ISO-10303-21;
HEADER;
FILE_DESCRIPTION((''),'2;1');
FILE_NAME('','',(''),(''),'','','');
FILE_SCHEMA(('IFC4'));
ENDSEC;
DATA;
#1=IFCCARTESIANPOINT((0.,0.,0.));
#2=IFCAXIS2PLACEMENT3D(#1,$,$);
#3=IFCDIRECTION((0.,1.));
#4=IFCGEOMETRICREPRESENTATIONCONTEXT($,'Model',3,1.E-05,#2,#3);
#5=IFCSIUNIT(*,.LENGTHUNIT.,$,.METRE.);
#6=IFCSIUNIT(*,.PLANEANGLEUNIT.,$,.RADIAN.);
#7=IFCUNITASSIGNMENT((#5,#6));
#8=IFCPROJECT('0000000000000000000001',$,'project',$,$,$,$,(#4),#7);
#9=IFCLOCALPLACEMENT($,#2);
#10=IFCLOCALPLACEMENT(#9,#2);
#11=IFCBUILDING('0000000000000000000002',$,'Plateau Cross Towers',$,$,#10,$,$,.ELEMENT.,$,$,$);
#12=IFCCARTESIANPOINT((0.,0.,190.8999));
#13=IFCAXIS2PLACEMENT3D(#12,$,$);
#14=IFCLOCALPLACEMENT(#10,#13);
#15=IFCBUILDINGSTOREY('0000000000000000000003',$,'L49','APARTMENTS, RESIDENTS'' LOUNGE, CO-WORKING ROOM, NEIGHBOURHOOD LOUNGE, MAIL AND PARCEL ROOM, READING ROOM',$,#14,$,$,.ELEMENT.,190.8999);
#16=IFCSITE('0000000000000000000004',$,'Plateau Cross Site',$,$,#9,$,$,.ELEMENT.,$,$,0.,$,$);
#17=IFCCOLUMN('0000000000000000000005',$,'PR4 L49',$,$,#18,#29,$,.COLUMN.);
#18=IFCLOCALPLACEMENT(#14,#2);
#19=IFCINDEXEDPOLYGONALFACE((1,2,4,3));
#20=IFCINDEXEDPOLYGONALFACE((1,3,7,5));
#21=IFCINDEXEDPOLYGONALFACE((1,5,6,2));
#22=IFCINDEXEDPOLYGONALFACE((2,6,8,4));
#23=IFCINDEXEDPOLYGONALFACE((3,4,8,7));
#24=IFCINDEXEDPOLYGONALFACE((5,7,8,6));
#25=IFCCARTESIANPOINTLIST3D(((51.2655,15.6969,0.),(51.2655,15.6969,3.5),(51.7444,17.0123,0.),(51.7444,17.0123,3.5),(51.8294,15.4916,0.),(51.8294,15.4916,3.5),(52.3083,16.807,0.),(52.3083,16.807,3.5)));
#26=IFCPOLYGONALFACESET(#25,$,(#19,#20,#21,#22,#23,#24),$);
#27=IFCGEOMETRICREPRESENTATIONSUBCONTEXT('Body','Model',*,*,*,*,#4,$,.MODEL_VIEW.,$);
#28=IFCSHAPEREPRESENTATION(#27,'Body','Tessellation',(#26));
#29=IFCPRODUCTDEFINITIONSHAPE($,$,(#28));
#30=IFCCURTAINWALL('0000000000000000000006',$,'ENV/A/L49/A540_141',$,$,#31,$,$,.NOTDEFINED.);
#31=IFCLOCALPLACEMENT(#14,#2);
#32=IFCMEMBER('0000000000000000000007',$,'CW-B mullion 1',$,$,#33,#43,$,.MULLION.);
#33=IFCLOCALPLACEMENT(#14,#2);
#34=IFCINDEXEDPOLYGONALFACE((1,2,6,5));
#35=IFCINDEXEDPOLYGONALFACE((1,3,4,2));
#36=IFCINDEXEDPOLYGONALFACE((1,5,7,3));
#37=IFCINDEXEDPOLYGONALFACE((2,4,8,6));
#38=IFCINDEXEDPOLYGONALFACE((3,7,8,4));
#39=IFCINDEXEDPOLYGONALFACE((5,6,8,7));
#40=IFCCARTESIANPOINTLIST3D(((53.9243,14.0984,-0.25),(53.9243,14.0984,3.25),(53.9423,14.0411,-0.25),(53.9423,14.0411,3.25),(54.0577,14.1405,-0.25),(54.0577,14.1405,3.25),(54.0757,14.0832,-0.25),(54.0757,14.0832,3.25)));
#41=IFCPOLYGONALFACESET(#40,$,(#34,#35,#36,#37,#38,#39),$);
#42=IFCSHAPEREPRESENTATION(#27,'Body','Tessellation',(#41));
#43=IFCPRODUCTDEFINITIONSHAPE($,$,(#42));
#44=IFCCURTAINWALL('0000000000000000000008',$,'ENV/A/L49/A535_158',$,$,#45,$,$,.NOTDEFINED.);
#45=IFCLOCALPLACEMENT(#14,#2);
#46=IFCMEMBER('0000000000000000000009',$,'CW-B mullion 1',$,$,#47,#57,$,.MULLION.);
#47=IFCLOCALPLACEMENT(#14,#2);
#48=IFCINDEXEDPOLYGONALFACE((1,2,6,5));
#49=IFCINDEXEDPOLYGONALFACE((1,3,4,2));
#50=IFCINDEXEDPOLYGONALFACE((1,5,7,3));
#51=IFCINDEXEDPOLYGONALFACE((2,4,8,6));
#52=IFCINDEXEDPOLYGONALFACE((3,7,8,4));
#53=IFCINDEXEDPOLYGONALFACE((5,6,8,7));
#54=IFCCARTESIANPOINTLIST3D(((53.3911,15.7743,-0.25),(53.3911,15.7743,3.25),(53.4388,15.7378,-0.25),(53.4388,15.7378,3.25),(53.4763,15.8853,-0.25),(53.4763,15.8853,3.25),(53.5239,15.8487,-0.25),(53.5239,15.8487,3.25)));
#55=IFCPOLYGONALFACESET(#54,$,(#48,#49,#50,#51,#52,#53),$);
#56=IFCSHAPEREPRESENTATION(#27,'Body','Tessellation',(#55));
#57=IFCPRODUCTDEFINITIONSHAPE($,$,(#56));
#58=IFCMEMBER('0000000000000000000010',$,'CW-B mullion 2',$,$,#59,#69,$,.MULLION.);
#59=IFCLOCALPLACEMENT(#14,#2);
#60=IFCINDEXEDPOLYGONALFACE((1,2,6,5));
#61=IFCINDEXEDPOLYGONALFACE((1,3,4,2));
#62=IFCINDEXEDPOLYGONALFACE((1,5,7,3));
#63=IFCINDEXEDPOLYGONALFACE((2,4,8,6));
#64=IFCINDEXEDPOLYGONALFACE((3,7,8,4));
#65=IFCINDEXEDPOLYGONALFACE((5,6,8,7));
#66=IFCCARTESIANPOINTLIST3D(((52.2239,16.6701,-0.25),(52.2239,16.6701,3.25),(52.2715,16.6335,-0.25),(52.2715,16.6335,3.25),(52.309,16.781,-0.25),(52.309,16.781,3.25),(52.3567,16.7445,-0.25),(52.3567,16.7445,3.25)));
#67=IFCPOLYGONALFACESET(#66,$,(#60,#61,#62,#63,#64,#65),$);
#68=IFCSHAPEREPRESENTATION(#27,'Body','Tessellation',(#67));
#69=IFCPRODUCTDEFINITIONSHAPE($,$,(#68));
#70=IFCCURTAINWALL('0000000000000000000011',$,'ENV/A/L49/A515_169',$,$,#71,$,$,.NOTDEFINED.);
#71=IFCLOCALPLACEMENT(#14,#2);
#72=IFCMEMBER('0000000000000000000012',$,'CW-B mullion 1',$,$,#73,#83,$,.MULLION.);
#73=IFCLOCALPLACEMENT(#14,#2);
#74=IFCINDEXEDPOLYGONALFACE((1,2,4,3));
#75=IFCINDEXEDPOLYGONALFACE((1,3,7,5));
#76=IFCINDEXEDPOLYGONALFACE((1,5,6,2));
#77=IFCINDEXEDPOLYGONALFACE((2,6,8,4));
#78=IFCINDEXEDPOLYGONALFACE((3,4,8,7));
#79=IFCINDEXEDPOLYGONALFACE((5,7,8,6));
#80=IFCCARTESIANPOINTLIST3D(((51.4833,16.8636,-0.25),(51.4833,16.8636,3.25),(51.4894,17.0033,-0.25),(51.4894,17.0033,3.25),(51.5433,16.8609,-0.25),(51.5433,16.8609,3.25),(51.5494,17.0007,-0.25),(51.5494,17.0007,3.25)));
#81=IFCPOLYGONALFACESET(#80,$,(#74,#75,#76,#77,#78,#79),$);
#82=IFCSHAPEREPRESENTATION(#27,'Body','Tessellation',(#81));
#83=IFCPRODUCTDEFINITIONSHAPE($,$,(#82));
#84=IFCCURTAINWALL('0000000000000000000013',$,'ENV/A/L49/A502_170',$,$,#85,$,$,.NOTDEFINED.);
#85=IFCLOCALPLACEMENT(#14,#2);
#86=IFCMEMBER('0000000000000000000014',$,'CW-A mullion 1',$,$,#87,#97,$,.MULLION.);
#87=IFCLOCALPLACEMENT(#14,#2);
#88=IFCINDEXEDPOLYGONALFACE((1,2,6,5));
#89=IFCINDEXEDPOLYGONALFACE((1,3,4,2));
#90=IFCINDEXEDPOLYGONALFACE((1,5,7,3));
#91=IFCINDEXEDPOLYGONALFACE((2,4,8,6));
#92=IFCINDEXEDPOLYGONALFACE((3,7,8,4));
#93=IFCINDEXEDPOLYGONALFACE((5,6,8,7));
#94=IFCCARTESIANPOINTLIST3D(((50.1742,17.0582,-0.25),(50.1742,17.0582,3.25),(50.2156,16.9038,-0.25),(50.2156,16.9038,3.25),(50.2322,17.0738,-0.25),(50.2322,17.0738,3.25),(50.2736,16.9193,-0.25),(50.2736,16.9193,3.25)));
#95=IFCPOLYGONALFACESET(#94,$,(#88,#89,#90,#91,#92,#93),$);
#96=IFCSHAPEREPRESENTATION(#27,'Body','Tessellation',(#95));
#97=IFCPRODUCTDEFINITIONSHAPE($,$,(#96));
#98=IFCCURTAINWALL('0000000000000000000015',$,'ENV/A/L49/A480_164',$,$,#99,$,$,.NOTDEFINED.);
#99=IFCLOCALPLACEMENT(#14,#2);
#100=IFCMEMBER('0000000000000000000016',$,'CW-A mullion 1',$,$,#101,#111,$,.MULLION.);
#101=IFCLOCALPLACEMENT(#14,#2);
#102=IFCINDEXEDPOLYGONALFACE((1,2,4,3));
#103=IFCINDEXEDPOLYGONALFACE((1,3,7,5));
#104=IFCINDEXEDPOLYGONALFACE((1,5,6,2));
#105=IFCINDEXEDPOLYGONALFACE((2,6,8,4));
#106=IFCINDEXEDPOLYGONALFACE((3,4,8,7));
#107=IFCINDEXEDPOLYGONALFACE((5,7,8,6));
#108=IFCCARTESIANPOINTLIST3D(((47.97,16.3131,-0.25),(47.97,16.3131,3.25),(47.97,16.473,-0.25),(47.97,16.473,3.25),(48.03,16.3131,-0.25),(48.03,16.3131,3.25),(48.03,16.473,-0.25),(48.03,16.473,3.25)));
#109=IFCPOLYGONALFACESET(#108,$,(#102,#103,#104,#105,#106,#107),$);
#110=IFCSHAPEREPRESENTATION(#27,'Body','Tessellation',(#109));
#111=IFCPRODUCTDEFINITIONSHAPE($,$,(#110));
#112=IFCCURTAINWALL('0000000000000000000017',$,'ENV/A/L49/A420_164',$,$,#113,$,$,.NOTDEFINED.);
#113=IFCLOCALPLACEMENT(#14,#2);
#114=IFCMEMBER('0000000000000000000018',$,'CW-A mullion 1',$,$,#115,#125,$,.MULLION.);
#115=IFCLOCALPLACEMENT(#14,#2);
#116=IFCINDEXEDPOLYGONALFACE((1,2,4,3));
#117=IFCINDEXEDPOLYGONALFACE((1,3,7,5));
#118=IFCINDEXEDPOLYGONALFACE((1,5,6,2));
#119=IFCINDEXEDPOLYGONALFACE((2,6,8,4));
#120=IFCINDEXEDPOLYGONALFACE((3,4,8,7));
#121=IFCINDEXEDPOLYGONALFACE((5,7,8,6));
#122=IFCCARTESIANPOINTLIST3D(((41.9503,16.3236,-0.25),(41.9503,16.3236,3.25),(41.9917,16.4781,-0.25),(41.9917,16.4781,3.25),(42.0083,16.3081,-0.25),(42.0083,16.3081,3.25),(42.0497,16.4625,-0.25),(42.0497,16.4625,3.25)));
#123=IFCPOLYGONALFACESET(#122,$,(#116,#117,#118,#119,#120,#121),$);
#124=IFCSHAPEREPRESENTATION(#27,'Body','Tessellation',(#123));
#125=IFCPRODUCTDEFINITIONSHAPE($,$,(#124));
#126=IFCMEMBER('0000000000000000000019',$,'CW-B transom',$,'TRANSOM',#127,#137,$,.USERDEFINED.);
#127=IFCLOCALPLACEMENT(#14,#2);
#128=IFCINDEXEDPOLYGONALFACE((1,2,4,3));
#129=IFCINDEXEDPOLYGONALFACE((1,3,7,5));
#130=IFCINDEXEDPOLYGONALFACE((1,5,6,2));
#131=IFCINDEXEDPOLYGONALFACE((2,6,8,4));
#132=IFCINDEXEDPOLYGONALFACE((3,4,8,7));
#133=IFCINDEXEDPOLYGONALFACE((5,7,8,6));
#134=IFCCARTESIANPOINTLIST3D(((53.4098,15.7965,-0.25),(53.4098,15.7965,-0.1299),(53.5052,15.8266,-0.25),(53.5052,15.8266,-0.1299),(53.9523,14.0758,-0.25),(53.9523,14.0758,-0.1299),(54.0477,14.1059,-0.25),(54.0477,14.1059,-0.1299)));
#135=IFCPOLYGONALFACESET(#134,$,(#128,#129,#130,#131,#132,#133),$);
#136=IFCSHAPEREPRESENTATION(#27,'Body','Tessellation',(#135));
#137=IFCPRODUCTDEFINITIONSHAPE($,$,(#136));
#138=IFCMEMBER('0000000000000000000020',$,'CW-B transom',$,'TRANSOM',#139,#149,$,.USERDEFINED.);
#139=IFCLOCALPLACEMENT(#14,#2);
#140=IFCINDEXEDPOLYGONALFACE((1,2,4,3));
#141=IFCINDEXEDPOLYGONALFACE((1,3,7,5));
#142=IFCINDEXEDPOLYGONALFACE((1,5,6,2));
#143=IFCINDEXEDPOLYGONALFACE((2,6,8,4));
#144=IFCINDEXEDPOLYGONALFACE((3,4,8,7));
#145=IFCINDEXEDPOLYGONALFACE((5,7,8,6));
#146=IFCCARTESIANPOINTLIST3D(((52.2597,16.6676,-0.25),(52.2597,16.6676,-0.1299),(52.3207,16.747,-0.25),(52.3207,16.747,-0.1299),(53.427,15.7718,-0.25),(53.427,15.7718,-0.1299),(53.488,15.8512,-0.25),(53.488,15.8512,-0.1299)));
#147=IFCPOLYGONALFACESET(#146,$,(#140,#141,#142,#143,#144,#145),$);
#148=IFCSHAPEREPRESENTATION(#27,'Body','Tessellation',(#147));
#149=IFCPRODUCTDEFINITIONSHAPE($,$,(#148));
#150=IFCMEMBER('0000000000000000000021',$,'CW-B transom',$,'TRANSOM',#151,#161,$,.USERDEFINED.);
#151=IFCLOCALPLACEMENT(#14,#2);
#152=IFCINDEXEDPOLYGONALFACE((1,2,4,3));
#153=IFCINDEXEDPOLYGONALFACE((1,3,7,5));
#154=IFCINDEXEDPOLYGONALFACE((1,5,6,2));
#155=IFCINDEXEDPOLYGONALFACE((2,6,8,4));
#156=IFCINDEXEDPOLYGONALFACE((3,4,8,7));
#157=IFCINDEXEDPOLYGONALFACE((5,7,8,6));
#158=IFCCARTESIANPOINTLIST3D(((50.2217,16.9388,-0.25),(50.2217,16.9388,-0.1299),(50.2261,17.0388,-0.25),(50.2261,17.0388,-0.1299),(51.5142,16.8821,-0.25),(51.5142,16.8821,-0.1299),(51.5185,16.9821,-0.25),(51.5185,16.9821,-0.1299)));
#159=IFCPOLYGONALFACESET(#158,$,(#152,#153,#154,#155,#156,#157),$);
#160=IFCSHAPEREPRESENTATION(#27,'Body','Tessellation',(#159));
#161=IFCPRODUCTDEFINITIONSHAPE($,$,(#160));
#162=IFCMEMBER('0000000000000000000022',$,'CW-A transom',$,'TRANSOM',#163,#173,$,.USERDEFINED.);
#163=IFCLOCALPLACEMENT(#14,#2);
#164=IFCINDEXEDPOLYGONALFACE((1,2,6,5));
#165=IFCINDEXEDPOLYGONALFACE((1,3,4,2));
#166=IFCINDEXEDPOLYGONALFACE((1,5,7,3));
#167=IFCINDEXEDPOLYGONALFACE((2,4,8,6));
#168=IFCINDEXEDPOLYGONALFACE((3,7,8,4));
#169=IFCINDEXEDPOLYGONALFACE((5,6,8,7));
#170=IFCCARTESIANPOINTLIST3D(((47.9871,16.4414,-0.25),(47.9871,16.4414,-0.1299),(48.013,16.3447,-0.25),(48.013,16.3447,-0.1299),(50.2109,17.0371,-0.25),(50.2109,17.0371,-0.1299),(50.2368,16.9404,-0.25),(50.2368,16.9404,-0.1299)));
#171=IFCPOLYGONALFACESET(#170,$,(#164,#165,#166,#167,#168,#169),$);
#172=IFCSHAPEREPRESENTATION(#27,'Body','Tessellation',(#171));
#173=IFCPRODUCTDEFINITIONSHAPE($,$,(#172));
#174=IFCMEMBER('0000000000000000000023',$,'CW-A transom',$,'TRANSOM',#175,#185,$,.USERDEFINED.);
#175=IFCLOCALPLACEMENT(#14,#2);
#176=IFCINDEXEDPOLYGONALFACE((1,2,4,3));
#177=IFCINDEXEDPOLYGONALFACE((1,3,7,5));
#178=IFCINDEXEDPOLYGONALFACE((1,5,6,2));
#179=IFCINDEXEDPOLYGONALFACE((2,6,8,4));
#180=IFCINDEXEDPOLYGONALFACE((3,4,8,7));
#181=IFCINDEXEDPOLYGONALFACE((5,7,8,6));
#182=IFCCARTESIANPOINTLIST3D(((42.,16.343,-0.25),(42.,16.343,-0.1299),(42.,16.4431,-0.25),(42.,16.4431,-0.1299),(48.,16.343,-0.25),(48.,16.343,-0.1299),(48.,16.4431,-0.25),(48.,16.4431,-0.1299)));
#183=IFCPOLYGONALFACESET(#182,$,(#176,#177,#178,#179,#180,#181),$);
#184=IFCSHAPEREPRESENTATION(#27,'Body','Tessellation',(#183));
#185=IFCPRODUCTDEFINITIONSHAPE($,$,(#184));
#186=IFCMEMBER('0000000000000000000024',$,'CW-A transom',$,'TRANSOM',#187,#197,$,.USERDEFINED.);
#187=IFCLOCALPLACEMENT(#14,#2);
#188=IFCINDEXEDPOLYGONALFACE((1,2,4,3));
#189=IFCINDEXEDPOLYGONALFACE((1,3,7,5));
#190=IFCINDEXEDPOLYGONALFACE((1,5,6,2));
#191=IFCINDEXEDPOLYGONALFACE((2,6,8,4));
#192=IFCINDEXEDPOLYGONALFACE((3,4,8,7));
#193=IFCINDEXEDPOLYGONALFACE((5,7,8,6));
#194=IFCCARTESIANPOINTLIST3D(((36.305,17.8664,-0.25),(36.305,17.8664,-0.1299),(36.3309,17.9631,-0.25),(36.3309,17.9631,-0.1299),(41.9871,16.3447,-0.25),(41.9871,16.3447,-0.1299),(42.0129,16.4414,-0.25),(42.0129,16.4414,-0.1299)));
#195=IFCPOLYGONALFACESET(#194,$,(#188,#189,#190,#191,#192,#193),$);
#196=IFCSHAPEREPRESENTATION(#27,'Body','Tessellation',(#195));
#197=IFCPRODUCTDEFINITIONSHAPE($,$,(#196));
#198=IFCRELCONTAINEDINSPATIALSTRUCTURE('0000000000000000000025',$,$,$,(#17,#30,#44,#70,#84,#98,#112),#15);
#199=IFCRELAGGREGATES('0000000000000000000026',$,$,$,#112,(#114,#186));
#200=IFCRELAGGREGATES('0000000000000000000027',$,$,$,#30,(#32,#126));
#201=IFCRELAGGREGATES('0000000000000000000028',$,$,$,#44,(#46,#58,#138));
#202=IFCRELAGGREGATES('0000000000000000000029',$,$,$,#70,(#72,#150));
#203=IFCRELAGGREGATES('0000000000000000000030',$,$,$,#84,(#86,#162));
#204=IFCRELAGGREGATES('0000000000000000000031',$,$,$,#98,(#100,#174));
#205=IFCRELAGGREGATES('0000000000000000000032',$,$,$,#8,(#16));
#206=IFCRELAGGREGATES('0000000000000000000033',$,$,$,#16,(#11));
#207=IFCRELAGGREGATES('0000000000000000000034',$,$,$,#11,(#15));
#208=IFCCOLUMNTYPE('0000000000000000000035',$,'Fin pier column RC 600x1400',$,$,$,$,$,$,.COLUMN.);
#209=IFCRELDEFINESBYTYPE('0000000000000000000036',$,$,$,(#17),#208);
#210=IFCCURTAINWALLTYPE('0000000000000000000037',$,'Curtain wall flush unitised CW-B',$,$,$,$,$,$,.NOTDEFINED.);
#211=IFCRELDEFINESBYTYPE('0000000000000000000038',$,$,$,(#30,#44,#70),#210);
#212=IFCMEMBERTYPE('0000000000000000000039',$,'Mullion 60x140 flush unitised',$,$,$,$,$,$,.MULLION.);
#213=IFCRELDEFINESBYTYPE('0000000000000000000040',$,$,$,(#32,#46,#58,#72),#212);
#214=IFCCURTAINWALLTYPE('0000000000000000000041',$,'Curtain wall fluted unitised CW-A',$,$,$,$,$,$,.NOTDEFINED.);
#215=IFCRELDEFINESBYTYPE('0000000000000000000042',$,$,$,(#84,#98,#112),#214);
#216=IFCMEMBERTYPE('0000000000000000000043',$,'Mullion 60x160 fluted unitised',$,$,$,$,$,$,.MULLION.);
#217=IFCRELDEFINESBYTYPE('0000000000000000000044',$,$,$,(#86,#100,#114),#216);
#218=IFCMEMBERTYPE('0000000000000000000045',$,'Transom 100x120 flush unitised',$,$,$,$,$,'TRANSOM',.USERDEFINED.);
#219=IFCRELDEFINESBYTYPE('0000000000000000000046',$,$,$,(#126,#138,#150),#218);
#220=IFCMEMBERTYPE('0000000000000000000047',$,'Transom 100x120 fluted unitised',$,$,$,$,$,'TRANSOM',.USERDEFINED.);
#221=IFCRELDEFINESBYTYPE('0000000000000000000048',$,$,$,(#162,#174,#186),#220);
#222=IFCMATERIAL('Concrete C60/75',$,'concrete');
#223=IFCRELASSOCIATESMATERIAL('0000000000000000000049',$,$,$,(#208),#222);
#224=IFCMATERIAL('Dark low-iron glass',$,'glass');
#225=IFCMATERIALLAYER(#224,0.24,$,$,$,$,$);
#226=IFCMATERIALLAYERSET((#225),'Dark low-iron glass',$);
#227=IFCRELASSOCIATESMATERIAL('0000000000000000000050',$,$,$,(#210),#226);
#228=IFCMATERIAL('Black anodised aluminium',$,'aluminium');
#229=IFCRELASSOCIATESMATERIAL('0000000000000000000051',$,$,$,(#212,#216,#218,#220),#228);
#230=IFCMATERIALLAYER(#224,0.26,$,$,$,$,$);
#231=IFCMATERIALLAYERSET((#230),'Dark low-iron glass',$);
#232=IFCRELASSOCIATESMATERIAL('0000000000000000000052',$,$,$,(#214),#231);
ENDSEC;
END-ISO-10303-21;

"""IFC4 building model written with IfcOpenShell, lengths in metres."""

from ifc_helpers import new_model, si_unit, direction, frame, origin, origin_2d, place, context, subcontext, project, spatial, rectangle, extrude, material, layer, layer_set, material_profile, profile_set, type_object, element, aggregate, save


model = new_model("IFC4")

# Units and contexts
model_context = context("Model", 3, precision=1e-05, world=origin(), true_north=direction((0.0, 1.0)))
body_context = subcontext(model_context, "Body", "Model", "MODEL_VIEW")
ifc_project = project(units=[si_unit("LENGTHUNIT", "METRE"), si_unit("PLANEANGLEUNIT", "RADIAN")], contexts=[model_context])

# Site, building, storey
site_placement = place(None, origin())
site = spatial("IfcSite", under=ifc_project, at=site_placement, Name="Plateau Cross Site", CompositionType="ELEMENT", RefElevation=0.0)
building_placement = place(site_placement, origin())
building = spatial("IfcBuilding", under=site, at=building_placement, Name="Plateau Cross Towers", CompositionType="ELEMENT")
storey_placement = place(building_placement, frame((0.0, 0.0, 190.8999)))
storey = spatial("IfcBuildingStorey", under=building, at=storey_placement, Name="L49", Description="APARTMENTS, RESIDENTS' LOUNGE, CO-WORKING ROOM, NEIGHBOURHOOD LOUNGE, MAIL AND PARCEL ROOM, READING ROOM", CompositionType="ELEMENT", Elevation=190.8999)

# Column
ifc_material_1 = material(Name="Concrete C60/75", Category="concrete")
ifc_material_profile_1 = material_profile(ifc_material_1, rectangle(XDim=0.6001, YDim=1.3999, at=origin_2d()), Name="RC 600x1400")
ifc_profile_set_1 = profile_set([ifc_material_profile_1], Name="Concrete C60/75")
column_type = type_object("IfcColumnType", Name="Fin pier column RC 600x1400", PredefinedType="COLUMN", material=ifc_profile_set_1)
column_placement = place(storey_placement, frame((51.7869, 16.252, 0.0), z_axis=(0.0, 0.0, 1.0), x_axis=(-0.939664, 0.342098, 0.0)))
element("IfcColumn", 1, at=column_placement, inside=storey, type_object=column_type, Name="PR4 L49", PredefinedType="COLUMN", context=body_context, shape_type="SweptSolid", body=[
    extrude(rectangle(XDim=0.6001, YDim=1.3999, at=origin_2d()), origin(), (0.0, 0.0, 1.0), 3.5),
])

# Curtain wall, member
ifc_material_2 = material(Name="Dark low-iron glass", Category="glass")
ifc_layer_1 = layer(ifc_material_2, 0.24)
ifc_layer_set_1 = layer_set([ifc_layer_1], Name="Dark low-iron glass")
curtain_wall_type_1 = type_object("IfcCurtainWallType", Name="Curtain wall flush unitised CW-B", PredefinedType="NOTDEFINED", material=ifc_layer_set_1)
curtain_wall_1_placement = place(storey_placement, origin())
curtain_wall_1 = element("IfcCurtainWall", 2, at=curtain_wall_1_placement, inside=storey, type_object=curtain_wall_type_1, Name="ENV/A/L49/A540_141", PredefinedType="NOTDEFINED")
ifc_material_3 = material(Name="Black anodised aluminium", Category="aluminium")
ifc_material_profile_2 = material_profile(ifc_material_3, rectangle(XDim=0.0601, YDim=0.1399, at=origin_2d()), Name="MULLION 60x140")
ifc_profile_set_2 = profile_set([ifc_material_profile_2], Name="Black anodised aluminium")
member_type_1 = type_object("IfcMemberType", Name="Mullion 60x140 flush unitised", PredefinedType="MULLION", material=ifc_profile_set_2)
member_1_placement = place(storey_placement, frame((54.0, 14.0908, -0.25), z_axis=(0.0, 0.0, 1.0), x_axis=(-0.300686, 0.953723, 0.0)))
member_1 = element("IfcMember", 3, at=member_1_placement, type_object=member_type_1, Name="CW-B mullion 1", PredefinedType="MULLION", context=body_context, shape_type="SweptSolid", body=[
    extrude(rectangle(XDim=0.0601, YDim=0.1399, at=origin_2d()), origin(), (0.0, 0.0, 1.0), 3.5),
])

# Curtain wall, members
curtain_wall_2_placement = place(storey_placement, origin())
curtain_wall_2 = element("IfcCurtainWall", 4, at=curtain_wall_2_placement, inside=storey, type_object=curtain_wall_type_1, Name="ENV/A/L49/A535_158", PredefinedType="NOTDEFINED")
member_2_placement = place(storey_placement, frame((53.4575, 15.8115, -0.25), z_axis=(0.0, 0.0, 1.0), x_axis=(-0.793316, 0.608811, 0.0)))
member_2 = element("IfcMember", 5, at=member_2_placement, type_object=member_type_1, Name="CW-B mullion 1", PredefinedType="MULLION", context=body_context, shape_type="SweptSolid", body=[
    extrude(rectangle(XDim=0.0601, YDim=0.1399, at=origin_2d()), origin(), (0.0, 0.0, 1.0), 3.5),
])
member_3_placement = place(storey_placement, frame((52.2903, 16.7073, -0.25), z_axis=(0.0, 0.0, 1.0), x_axis=(-0.793316, 0.608811, 0.0)))
member_3 = element("IfcMember", 6, at=member_3_placement, type_object=member_type_1, Name="CW-B mullion 2", PredefinedType="MULLION", context=body_context, shape_type="SweptSolid", body=[
    extrude(rectangle(XDim=0.0601, YDim=0.1399, at=origin_2d()), origin(), (0.0, 0.0, 1.0), 3.5),
])

# Curtain walls, members
curtain_wall_3_placement = place(storey_placement, origin())
curtain_wall_3 = element("IfcCurtainWall", 7, at=curtain_wall_3_placement, inside=storey, type_object=curtain_wall_type_1, Name="ENV/A/L49/A515_169", PredefinedType="NOTDEFINED")
member_4_placement = place(storey_placement, frame((51.5164, 16.9321, -0.25), z_axis=(0.0, 0.0, 1.0), x_axis=(-0.999044, 0.043723, 0.0)))
member_4 = element("IfcMember", 8, at=member_4_placement, type_object=member_type_1, Name="CW-B mullion 1", PredefinedType="MULLION", context=body_context, shape_type="SweptSolid", body=[
    extrude(rectangle(XDim=0.0601, YDim=0.1399, at=origin_2d()), origin(), (0.0, 0.0, 1.0), 3.5),
])
ifc_layer_2 = layer(ifc_material_2, 0.26)
ifc_layer_set_2 = layer_set([ifc_layer_2], Name="Dark low-iron glass")
curtain_wall_type_2 = type_object("IfcCurtainWallType", Name="Curtain wall fluted unitised CW-A", PredefinedType="NOTDEFINED", material=ifc_layer_set_2)
curtain_wall_4_placement = place(storey_placement, origin())
curtain_wall_4 = element("IfcCurtainWall", 9, at=curtain_wall_4_placement, inside=storey, type_object=curtain_wall_type_2, Name="ENV/A/L49/A502_170", PredefinedType="NOTDEFINED")
ifc_material_profile_3 = material_profile(ifc_material_3, rectangle(XDim=0.0601, YDim=0.1599, at=origin_2d()), Name="MULLION 60x160")
ifc_profile_set_3 = profile_set([ifc_material_profile_3], Name="Black anodised aluminium")
member_type_2 = type_object("IfcMemberType", Name="Mullion 60x160 fluted unitised", PredefinedType="MULLION", material=ifc_profile_set_3)
member_5_placement = place(storey_placement, frame((50.2239, 16.9888, -0.25), z_axis=(0.0, 0.0, 1.0), x_axis=(-0.965958, -0.258699, 0.0)))
member_5 = element("IfcMember", 10, at=member_5_placement, type_object=member_type_2, Name="CW-A mullion 1", PredefinedType="MULLION", context=body_context, shape_type="SweptSolid", body=[
    extrude(rectangle(XDim=0.0601, YDim=0.1599, at=origin_2d()), origin(), (0.0, 0.0, 1.0), 3.5),
])
curtain_wall_5_placement = place(storey_placement, origin())
curtain_wall_5 = element("IfcCurtainWall", 11, at=curtain_wall_5_placement, inside=storey, type_object=curtain_wall_type_2, Name="ENV/A/L49/A480_164", PredefinedType="NOTDEFINED")
member_6_placement = place(storey_placement, frame((48.0, 16.3931, -0.25), z_axis=(0.0, 0.0, 1.0), x_axis=(-1.0, 0.0, 0.0)))
member_6 = element("IfcMember", 12, at=member_6_placement, type_object=member_type_2, Name="CW-A mullion 1", PredefinedType="MULLION", context=body_context, shape_type="SweptSolid", body=[
    extrude(rectangle(XDim=0.0601, YDim=0.1599, at=origin_2d()), origin(), (0.0, 0.0, 1.0), 3.5),
])
curtain_wall_6_placement = place(storey_placement, origin())
curtain_wall_6 = element("IfcCurtainWall", 13, at=curtain_wall_6_placement, inside=storey, type_object=curtain_wall_type_2, Name="ENV/A/L49/A420_164", PredefinedType="NOTDEFINED")
member_7_placement = place(storey_placement, frame((42.0, 16.3931, -0.25), z_axis=(0.0, 0.0, 1.0), x_axis=(-0.965958, 0.258699, 0.0)))
member_7 = element("IfcMember", 14, at=member_7_placement, type_object=member_type_2, Name="CW-A mullion 1", PredefinedType="MULLION", context=body_context, shape_type="SweptSolid", body=[
    extrude(rectangle(XDim=0.0601, YDim=0.1599, at=origin_2d()), origin(), (0.0, 0.0, 1.0), 3.5),
])

# Members
ifc_material_profile_4 = material_profile(ifc_material_3, rectangle(XDim=0.1001, YDim=0.1201, at=origin_2d()), Name="TRANSOM 100x120")
ifc_profile_set_4 = profile_set([ifc_material_profile_4], Name="Black anodised aluminium")
member_type_3 = type_object("IfcMemberType", Name="Transom 100x120 flush unitised", ElementType="TRANSOM", PredefinedType="USERDEFINED", material=ifc_profile_set_4)
member_8_placement = place(storey_placement, frame((54.0, 14.0908, -0.1899), z_axis=(-0.300678, 0.953726, 0.0), x_axis=(-0.953726, -0.300678, 0.0)))
member_8 = element("IfcMember", 15, at=member_8_placement, type_object=member_type_3, Name="CW-B transom", ObjectType="TRANSOM", PredefinedType="USERDEFINED", context=body_context, shape_type="SweptSolid", body=[
    extrude(rectangle(XDim=0.1001, YDim=0.1201, at=origin_2d()), origin(), (0.0, 0.0, 1.0), 1.8042),
])
member_9_placement = place(storey_placement, frame((53.4575, 15.8115, -0.1899), z_axis=(-0.793321, 0.608804, 0.0), x_axis=(-0.608804, -0.793321, 0.0)))
member_9 = element("IfcMember", 16, at=member_9_placement, type_object=member_type_3, Name="CW-B transom", ObjectType="TRANSOM", PredefinedType="USERDEFINED", context=body_context, shape_type="SweptSolid", body=[
    extrude(rectangle(XDim=0.1001, YDim=0.1201, at=origin_2d()), origin(), (0.0, 0.0, 1.0), 1.4714),
])
member_10_placement = place(storey_placement, frame((51.5164, 16.9321, -0.1899), z_axis=(-0.999041, 0.043781, 0.0), x_axis=(-0.043781, -0.999041, 0.0)))
member_10 = element("IfcMember", 17, at=member_10_placement, type_object=member_type_3, Name="CW-B transom", ObjectType="TRANSOM", PredefinedType="USERDEFINED", context=body_context, shape_type="SweptSolid", body=[
    extrude(rectangle(XDim=0.1001, YDim=0.1201, at=origin_2d()), origin(), (0.0, 0.0, 1.0), 1.2937),
])
ifc_material_profile_5 = material_profile(ifc_material_3, rectangle(XDim=0.1001, YDim=0.1201, at=origin_2d()), Name="TRANSOM 100x120")
ifc_profile_set_5 = profile_set([ifc_material_profile_5], Name="Black anodised aluminium")
member_type_4 = type_object("IfcMemberType", Name="Transom 100x120 fluted unitised", ElementType="TRANSOM", PredefinedType="USERDEFINED", material=ifc_profile_set_5)
member_11_placement = place(storey_placement, frame((50.2239, 16.9888, -0.1899), z_axis=(-0.965946, -0.258745, 0.0), x_axis=(0.258745, -0.965946, 0.0)))
member_11 = element("IfcMember", 18, at=member_11_placement, type_object=member_type_4, Name="CW-A transom", ObjectType="TRANSOM", PredefinedType="USERDEFINED", context=body_context, shape_type="SweptSolid", body=[
    extrude(rectangle(XDim=0.1001, YDim=0.1201, at=origin_2d()), origin(), (0.0, 0.0, 1.0), 2.3022),
])
member_12_placement = place(storey_placement, frame((48.0, 16.3931, -0.1899), z_axis=(-1.0, 0.0, 0.0), x_axis=(0.0, -1.0, 0.0)))
member_12 = element("IfcMember", 19, at=member_12_placement, type_object=member_type_4, Name="CW-A transom", ObjectType="TRANSOM", PredefinedType="USERDEFINED", context=body_context, shape_type="SweptSolid", body=[
    extrude(rectangle(XDim=0.1001, YDim=0.1201, at=origin_2d()), origin(), (0.0, 0.0, 1.0), 6.0),
])
member_13_placement = place(storey_placement, frame((42.0, 16.3931, -0.1899), z_axis=(-0.96596, 0.258693, 0.0), x_axis=(-0.258693, -0.96596, 0.0)))
member_13 = element("IfcMember", 20, at=member_13_placement, type_object=member_type_4, Name="CW-A transom", ObjectType="TRANSOM", PredefinedType="USERDEFINED", context=body_context, shape_type="SweptSolid", body=[
    extrude(rectangle(XDim=0.1001, YDim=0.1201, at=origin_2d()), origin(), (0.0, 0.0, 1.0), 5.8823),
])
aggregate(curtain_wall_6, [member_7, member_13])

aggregate(curtain_wall_1, [member_1, member_8])
aggregate(curtain_wall_2, [member_2, member_3, member_9])
aggregate(curtain_wall_3, [member_4, member_10])
aggregate(curtain_wall_4, [member_5, member_11])
aggregate(curtain_wall_5, [member_6, member_12])

save(model, "model.ifc")
